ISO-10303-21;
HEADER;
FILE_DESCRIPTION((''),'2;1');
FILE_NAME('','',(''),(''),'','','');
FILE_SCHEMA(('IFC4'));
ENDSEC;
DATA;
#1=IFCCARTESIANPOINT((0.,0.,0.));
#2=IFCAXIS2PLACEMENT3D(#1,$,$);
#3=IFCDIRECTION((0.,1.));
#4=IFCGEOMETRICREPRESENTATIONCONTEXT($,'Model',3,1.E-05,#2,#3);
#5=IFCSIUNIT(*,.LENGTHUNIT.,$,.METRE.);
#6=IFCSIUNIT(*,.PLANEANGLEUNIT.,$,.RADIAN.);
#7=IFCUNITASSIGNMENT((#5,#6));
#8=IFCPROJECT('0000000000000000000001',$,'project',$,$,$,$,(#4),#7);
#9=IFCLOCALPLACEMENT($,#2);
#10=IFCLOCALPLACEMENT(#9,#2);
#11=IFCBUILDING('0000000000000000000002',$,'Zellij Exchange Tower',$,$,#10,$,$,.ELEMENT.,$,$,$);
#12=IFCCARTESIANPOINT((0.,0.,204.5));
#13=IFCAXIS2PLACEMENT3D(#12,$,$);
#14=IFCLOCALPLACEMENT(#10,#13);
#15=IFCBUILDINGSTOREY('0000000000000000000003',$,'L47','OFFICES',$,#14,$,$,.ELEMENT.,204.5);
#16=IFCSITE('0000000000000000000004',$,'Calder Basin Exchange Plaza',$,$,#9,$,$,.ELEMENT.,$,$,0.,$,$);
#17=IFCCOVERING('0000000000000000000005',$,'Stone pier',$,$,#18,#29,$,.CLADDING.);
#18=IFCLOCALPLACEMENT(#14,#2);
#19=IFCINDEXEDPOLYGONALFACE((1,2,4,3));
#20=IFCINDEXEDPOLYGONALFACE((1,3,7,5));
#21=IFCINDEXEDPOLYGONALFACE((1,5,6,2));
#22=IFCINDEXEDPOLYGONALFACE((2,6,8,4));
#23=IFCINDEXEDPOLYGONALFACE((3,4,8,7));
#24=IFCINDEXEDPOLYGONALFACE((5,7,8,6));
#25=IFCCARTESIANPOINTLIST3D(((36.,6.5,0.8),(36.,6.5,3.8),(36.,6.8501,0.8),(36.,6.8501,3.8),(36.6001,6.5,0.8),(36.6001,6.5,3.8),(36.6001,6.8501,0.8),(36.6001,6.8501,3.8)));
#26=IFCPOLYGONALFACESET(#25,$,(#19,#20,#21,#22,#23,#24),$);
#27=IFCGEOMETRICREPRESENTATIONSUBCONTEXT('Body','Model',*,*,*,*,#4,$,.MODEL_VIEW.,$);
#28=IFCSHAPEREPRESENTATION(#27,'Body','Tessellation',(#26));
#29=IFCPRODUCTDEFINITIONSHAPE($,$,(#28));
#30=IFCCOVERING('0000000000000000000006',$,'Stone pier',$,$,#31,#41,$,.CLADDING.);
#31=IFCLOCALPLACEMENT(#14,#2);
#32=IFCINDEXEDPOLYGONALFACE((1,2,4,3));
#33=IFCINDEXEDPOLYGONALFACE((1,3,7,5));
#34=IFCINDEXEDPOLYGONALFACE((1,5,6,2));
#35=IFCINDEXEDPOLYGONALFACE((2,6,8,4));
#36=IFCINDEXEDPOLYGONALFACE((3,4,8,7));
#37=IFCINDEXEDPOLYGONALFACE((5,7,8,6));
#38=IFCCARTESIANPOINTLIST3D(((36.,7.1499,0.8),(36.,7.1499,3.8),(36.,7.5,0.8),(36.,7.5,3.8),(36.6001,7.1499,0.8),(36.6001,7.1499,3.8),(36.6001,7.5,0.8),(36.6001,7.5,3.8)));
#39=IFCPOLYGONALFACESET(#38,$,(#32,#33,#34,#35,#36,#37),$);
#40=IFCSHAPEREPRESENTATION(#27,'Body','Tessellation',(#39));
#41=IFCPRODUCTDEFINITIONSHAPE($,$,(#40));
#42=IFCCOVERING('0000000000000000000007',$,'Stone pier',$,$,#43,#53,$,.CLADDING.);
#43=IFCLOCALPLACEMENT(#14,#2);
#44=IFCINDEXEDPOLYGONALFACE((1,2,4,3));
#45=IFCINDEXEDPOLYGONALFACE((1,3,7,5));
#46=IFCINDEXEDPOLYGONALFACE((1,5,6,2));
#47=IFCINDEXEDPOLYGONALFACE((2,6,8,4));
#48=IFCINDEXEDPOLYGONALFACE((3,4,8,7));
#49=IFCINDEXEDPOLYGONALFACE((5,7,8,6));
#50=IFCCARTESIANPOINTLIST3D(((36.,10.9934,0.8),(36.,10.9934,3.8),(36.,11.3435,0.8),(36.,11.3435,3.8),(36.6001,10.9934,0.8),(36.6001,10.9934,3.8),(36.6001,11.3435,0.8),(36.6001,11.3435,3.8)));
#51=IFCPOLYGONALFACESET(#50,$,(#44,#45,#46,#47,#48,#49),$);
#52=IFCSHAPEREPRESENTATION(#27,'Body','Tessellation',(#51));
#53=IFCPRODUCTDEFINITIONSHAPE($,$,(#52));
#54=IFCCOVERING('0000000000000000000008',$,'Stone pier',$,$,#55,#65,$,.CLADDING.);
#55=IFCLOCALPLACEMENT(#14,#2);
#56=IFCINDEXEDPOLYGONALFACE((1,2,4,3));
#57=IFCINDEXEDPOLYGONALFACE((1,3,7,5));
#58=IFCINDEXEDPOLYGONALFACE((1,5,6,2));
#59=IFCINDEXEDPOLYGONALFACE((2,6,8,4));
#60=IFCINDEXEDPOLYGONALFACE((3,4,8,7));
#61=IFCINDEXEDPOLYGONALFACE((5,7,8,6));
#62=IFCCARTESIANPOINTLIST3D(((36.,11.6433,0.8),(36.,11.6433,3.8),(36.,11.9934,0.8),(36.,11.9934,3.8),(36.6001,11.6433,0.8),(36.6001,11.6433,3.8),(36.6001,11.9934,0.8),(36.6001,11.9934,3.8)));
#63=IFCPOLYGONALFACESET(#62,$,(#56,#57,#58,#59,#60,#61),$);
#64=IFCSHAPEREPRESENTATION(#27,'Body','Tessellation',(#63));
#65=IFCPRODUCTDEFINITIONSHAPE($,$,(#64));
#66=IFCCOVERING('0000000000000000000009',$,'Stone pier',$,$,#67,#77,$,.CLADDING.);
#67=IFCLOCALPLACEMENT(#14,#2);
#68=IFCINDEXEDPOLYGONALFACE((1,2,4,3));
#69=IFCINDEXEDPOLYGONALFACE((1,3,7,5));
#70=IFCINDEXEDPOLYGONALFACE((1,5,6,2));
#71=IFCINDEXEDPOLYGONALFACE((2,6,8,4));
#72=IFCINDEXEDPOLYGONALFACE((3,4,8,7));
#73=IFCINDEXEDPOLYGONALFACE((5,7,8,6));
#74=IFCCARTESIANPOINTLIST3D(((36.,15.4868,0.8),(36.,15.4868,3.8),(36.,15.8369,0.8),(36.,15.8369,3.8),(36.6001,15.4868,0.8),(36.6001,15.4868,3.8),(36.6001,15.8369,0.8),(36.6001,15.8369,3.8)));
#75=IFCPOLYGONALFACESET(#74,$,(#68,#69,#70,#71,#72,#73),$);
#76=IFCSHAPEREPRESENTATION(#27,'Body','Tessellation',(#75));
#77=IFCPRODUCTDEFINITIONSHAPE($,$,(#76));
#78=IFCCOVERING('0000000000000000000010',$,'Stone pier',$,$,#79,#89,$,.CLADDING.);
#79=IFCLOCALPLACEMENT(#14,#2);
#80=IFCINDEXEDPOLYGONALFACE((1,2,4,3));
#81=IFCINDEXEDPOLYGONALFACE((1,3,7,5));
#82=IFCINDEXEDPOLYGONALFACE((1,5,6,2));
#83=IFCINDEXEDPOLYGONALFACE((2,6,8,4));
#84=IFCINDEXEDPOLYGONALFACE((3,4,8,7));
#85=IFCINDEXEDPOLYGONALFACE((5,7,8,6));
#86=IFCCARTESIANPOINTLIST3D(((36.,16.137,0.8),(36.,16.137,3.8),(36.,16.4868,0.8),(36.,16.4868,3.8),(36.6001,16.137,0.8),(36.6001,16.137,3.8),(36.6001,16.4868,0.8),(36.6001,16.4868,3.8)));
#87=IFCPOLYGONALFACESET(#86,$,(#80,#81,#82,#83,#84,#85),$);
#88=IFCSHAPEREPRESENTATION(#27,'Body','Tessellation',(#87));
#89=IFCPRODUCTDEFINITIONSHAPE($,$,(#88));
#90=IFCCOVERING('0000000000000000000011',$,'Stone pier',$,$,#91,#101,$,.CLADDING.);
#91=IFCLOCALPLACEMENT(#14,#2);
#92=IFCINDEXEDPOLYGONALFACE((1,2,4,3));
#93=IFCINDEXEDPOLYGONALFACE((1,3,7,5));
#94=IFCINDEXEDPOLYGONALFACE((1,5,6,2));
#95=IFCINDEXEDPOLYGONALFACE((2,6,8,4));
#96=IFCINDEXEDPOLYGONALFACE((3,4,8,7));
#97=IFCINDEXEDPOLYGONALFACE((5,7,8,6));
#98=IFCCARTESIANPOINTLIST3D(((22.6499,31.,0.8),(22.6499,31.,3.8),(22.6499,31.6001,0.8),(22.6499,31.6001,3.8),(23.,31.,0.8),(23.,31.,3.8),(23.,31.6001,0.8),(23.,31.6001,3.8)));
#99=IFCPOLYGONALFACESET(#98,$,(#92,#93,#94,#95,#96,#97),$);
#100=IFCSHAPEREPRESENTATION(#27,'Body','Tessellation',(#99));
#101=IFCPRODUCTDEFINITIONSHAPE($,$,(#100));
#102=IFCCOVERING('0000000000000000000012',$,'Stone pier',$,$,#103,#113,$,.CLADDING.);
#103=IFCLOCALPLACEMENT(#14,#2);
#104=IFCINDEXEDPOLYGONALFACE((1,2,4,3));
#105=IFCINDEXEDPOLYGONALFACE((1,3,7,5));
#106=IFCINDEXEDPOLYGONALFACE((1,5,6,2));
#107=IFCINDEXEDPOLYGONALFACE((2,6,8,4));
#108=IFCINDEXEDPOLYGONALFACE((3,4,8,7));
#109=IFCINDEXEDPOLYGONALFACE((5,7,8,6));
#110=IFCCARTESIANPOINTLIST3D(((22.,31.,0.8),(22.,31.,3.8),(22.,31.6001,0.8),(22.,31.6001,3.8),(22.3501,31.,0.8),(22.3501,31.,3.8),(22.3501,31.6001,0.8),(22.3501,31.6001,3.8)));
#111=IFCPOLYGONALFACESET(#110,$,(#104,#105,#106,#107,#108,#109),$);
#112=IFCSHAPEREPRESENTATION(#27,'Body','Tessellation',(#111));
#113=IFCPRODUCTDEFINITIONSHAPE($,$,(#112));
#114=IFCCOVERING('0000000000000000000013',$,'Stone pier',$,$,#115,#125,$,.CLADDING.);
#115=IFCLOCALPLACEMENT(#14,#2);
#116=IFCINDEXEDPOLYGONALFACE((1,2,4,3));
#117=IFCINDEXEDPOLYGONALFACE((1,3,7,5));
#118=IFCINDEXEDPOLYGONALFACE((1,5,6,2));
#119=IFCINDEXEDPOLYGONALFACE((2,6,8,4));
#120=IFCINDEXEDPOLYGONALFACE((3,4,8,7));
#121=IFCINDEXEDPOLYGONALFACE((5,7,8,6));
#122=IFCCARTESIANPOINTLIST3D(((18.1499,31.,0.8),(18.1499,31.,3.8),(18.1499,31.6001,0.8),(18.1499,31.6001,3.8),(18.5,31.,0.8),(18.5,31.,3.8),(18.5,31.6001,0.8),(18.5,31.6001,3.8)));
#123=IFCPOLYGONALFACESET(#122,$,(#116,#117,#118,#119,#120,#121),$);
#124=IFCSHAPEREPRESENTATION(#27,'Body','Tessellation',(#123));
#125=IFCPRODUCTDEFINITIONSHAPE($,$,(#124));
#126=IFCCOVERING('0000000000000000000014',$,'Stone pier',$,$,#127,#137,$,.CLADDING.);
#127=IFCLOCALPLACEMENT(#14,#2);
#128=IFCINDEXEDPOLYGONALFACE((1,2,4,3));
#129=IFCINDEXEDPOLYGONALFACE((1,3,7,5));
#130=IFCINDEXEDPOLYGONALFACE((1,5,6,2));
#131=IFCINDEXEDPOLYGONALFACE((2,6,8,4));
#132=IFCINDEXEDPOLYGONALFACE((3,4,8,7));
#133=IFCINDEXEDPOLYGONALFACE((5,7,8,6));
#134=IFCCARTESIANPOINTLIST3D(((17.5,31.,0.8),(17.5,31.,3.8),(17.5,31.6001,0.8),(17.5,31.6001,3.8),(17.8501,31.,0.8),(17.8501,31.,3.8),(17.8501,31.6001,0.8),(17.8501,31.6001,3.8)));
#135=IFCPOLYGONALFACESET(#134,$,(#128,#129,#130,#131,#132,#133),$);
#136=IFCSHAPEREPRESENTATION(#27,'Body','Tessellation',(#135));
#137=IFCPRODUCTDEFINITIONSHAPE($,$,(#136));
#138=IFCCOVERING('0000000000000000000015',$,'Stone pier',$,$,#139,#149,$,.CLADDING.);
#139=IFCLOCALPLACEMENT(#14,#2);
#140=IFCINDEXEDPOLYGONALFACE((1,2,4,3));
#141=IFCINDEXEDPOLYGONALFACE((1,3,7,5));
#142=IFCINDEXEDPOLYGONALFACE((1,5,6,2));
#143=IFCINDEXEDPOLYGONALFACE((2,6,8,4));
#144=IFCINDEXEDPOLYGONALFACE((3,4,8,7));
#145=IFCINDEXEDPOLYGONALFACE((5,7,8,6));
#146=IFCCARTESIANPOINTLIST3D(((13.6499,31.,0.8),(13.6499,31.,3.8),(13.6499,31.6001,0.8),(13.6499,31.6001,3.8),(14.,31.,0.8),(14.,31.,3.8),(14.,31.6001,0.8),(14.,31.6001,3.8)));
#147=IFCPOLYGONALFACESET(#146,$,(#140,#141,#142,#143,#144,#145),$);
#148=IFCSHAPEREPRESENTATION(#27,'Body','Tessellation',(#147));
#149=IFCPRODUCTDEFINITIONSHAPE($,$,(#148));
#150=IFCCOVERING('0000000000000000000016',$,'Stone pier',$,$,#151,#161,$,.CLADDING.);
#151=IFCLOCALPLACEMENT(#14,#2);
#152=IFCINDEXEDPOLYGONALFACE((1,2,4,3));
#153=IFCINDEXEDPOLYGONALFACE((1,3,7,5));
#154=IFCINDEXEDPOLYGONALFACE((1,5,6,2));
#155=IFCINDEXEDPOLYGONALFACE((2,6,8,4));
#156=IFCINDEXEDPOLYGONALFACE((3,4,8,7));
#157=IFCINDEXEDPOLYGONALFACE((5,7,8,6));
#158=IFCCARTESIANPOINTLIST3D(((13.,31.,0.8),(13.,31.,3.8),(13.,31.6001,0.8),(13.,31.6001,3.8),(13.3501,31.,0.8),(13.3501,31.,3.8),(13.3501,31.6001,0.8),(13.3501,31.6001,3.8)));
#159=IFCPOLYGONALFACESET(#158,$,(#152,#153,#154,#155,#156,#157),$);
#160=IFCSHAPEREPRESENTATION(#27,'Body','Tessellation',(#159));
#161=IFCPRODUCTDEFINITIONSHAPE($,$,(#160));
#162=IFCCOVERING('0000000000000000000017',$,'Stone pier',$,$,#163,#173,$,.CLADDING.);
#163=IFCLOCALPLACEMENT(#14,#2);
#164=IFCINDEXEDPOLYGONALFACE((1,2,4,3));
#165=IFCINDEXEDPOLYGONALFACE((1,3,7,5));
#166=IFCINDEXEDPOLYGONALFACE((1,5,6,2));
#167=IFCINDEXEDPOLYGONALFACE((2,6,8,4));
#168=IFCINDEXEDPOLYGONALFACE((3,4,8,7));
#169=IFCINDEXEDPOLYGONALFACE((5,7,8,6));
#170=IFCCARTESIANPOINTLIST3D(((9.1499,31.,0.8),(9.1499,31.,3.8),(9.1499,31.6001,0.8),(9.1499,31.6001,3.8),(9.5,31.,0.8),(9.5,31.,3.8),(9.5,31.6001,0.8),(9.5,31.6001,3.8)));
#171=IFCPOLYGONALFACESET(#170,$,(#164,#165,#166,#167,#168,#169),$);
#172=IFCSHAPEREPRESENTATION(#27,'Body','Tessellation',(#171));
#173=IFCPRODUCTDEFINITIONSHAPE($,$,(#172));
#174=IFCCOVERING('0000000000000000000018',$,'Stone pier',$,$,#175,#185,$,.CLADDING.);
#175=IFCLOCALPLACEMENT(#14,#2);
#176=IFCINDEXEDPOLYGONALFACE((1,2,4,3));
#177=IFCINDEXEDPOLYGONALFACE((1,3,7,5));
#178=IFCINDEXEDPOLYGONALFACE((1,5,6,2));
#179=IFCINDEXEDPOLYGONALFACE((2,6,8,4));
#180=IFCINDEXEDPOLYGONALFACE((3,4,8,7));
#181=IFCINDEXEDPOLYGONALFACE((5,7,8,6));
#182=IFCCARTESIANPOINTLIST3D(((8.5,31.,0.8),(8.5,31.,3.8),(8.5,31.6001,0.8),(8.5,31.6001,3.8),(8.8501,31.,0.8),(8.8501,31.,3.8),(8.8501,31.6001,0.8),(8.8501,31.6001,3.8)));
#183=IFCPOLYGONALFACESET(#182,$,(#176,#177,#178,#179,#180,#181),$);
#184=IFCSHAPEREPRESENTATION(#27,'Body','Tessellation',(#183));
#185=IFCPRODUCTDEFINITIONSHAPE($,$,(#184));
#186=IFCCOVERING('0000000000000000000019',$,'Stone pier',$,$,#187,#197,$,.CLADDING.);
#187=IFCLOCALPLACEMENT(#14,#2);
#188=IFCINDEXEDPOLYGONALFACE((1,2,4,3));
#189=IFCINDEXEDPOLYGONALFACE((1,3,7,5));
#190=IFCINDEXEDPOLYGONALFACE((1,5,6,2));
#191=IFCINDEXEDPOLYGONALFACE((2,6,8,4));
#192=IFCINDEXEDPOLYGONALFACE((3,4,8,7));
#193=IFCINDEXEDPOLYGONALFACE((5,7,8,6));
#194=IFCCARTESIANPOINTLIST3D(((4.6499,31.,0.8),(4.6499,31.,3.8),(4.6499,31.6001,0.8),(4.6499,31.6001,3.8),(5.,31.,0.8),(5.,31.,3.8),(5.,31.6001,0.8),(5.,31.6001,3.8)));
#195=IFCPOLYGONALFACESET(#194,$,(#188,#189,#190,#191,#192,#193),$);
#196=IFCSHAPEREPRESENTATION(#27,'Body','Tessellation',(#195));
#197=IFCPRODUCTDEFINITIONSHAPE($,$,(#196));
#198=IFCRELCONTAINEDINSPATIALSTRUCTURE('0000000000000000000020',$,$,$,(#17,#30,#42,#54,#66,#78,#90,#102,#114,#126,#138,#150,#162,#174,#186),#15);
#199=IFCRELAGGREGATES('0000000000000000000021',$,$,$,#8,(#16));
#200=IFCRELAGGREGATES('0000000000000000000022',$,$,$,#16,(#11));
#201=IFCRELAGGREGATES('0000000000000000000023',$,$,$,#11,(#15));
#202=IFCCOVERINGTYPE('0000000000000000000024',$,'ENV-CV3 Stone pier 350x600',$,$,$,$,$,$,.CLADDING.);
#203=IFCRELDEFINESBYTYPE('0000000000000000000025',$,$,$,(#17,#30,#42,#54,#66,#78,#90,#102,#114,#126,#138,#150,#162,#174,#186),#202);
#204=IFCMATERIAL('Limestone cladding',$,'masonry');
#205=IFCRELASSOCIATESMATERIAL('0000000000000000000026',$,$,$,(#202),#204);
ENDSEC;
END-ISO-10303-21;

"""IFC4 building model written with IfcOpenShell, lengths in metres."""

from ifc_helpers import new_model, si_unit, direction, frame, origin, place, context, subcontext, project, spatial, polyline, outline, extrude, material, type_object, element, save


model = new_model("IFC4")

# Units and contexts
model_context = context("Model", 3, precision=1e-05, world=origin(), true_north=direction((0.0, 1.0)))
body_context = subcontext(model_context, "Body", "Model", "MODEL_VIEW")
ifc_project = project(units=[si_unit("LENGTHUNIT", "METRE"), si_unit("PLANEANGLEUNIT", "RADIAN")], contexts=[model_context])

# Site, building, storey
site_placement = place(None, origin())
site = spatial("IfcSite", under=ifc_project, at=site_placement, Name="Calder Basin Exchange Plaza", CompositionType="ELEMENT", RefElevation=0.0)
building_placement = place(site_placement, origin())
building = spatial("IfcBuilding", under=site, at=building_placement, Name="Zellij Exchange Tower", CompositionType="ELEMENT")
storey_placement = place(building_placement, frame((0.0, 0.0, 204.5)))
storey = spatial("IfcBuildingStorey", under=building, at=storey_placement, Name="L47", Description="OFFICES", CompositionType="ELEMENT", Elevation=204.5)

# Coverings
ifc_material = material(Name="Limestone cladding", Category="masonry")
covering_type = type_object("IfcCoveringType", Name="ENV-CV3 Stone pier 350x600", PredefinedType="CLADDING", material=ifc_material)
covering_1_placement = place(storey_placement, frame((0.0, 0.0, 0.8)))
element("IfcCovering", 1, at=covering_1_placement, inside=storey, type_object=covering_type, Name="Stone pier", PredefinedType="CLADDING", context=body_context, shape_type="SweptSolid", body=[
    extrude(outline(polyline([(36.0, 6.5), (36.0, 6.8501), (36.6001, 6.8501), (36.6001, 6.5), (36.0, 6.5)])), origin(), (0.0, 0.0, 1.0), 3.0),
])
covering_2_placement = place(storey_placement, frame((0.0, 0.0, 0.8)))
element("IfcCovering", 2, at=covering_2_placement, inside=storey, type_object=covering_type, Name="Stone pier", PredefinedType="CLADDING", context=body_context, shape_type="SweptSolid", body=[
    extrude(outline(polyline([(36.0, 7.1499), (36.0, 7.5), (36.6001, 7.5), (36.6001, 7.1499), (36.0, 7.1499)])), origin(), (0.0, 0.0, 1.0), 3.0),
])
covering_3_placement = place(storey_placement, frame((0.0, 0.0, 0.8)))
element("IfcCovering", 3, at=covering_3_placement, inside=storey, type_object=covering_type, Name="Stone pier", PredefinedType="CLADDING", context=body_context, shape_type="SweptSolid", body=[
    extrude(outline(polyline([(36.0, 10.9934), (36.0, 11.3435), (36.6001, 11.3435), (36.6001, 10.9934), (36.0, 10.9934)])), origin(), (0.0, 0.0, 1.0), 3.0),
])
covering_4_placement = place(storey_placement, frame((0.0, 0.0, 0.8)))
element("IfcCovering", 4, at=covering_4_placement, inside=storey, type_object=covering_type, Name="Stone pier", PredefinedType="CLADDING", context=body_context, shape_type="SweptSolid", body=[
    extrude(outline(polyline([(36.0, 11.6433), (36.0, 11.9934), (36.6001, 11.9934), (36.6001, 11.6433), (36.0, 11.6433)])), origin(), (0.0, 0.0, 1.0), 3.0),
])
covering_5_placement = place(storey_placement, frame((0.0, 0.0, 0.8)))
element("IfcCovering", 5, at=covering_5_placement, inside=storey, type_object=covering_type, Name="Stone pier", PredefinedType="CLADDING", context=body_context, shape_type="SweptSolid", body=[
    extrude(outline(polyline([(36.0, 15.4868), (36.0, 15.8369), (36.6001, 15.8369), (36.6001, 15.4868), (36.0, 15.4868)])), origin(), (0.0, 0.0, 1.0), 3.0),
])
covering_6_placement = place(storey_placement, frame((0.0, 0.0, 0.8)))
element("IfcCovering", 6, at=covering_6_placement, inside=storey, type_object=covering_type, Name="Stone pier", PredefinedType="CLADDING", context=body_context, shape_type="SweptSolid", body=[
    extrude(outline(polyline([(36.0, 16.137), (36.0, 16.4868), (36.6001, 16.4868), (36.6001, 16.137), (36.0, 16.137)])), origin(), (0.0, 0.0, 1.0), 3.0),
])
covering_7_placement = place(storey_placement, frame((0.0, 0.0, 0.8)))
element("IfcCovering", 7, at=covering_7_placement, inside=storey, type_object=covering_type, Name="Stone pier", PredefinedType="CLADDING", context=body_context, shape_type="SweptSolid", body=[
    extrude(outline(polyline([(23.0, 31.0), (22.6499, 31.0), (22.6499, 31.6001), (23.0, 31.6001), (23.0, 31.0)])), origin(), (0.0, 0.0, 1.0), 3.0),
])
covering_8_placement = place(storey_placement, frame((0.0, 0.0, 0.8)))
element("IfcCovering", 8, at=covering_8_placement, inside=storey, type_object=covering_type, Name="Stone pier", PredefinedType="CLADDING", context=body_context, shape_type="SweptSolid", body=[
    extrude(outline(polyline([(22.3501, 31.0), (22.0, 31.0), (22.0, 31.6001), (22.3501, 31.6001), (22.3501, 31.0)])), origin(), (0.0, 0.0, 1.0), 3.0),
])
covering_9_placement = place(storey_placement, frame((0.0, 0.0, 0.8)))
element("IfcCovering", 9, at=covering_9_placement, inside=storey, type_object=covering_type, Name="Stone pier", PredefinedType="CLADDING", context=body_context, shape_type="SweptSolid", body=[
    extrude(outline(polyline([(18.5, 31.0), (18.1499, 31.0), (18.1499, 31.6001), (18.5, 31.6001), (18.5, 31.0)])), origin(), (0.0, 0.0, 1.0), 3.0),
])
covering_10_placement = place(storey_placement, frame((0.0, 0.0, 0.8)))
element("IfcCovering", 10, at=covering_10_placement, inside=storey, type_object=covering_type, Name="Stone pier", PredefinedType="CLADDING", context=body_context, shape_type="SweptSolid", body=[
    extrude(outline(polyline([(17.8501, 31.0), (17.5, 31.0), (17.5, 31.6001), (17.8501, 31.6001), (17.8501, 31.0)])), origin(), (0.0, 0.0, 1.0), 3.0),
])
covering_11_placement = place(storey_placement, frame((0.0, 0.0, 0.8)))
element("IfcCovering", 11, at=covering_11_placement, inside=storey, type_object=covering_type, Name="Stone pier", PredefinedType="CLADDING", context=body_context, shape_type="SweptSolid", body=[
    extrude(outline(polyline([(14.0, 31.0), (13.6499, 31.0), (13.6499, 31.6001), (14.0, 31.6001), (14.0, 31.0)])), origin(), (0.0, 0.0, 1.0), 3.0),
])
covering_12_placement = place(storey_placement, frame((0.0, 0.0, 0.8)))
element("IfcCovering", 12, at=covering_12_placement, inside=storey, type_object=covering_type, Name="Stone pier", PredefinedType="CLADDING", context=body_context, shape_type="SweptSolid", body=[
    extrude(outline(polyline([(13.3501, 31.0), (13.0, 31.0), (13.0, 31.6001), (13.3501, 31.6001), (13.3501, 31.0)])), origin(), (0.0, 0.0, 1.0), 3.0),
])
covering_13_placement = place(storey_placement, frame((0.0, 0.0, 0.8)))
element("IfcCovering", 13, at=covering_13_placement, inside=storey, type_object=covering_type, Name="Stone pier", PredefinedType="CLADDING", context=body_context, shape_type="SweptSolid", body=[
    extrude(outline(polyline([(9.5, 31.0), (9.1499, 31.0), (9.1499, 31.6001), (9.5, 31.6001), (9.5, 31.0)])), origin(), (0.0, 0.0, 1.0), 3.0),
])
covering_14_placement = place(storey_placement, frame((0.0, 0.0, 0.8)))
element("IfcCovering", 14, at=covering_14_placement, inside=storey, type_object=covering_type, Name="Stone pier", PredefinedType="CLADDING", context=body_context, shape_type="SweptSolid", body=[
    extrude(outline(polyline([(8.8501, 31.0), (8.5, 31.0), (8.5, 31.6001), (8.8501, 31.6001), (8.8501, 31.0)])), origin(), (0.0, 0.0, 1.0), 3.0),
])
covering_15_placement = place(storey_placement, frame((0.0, 0.0, 0.8)))
element("IfcCovering", 15, at=covering_15_placement, inside=storey, type_object=covering_type, Name="Stone pier", PredefinedType="CLADDING", context=body_context, shape_type="SweptSolid", body=[
    extrude(outline(polyline([(5.0, 31.0), (4.6499, 31.0), (4.6499, 31.6001), (5.0, 31.6001), (5.0, 31.0)])), origin(), (0.0, 0.0, 1.0), 3.0),
])

save(model, "model.ifc")
